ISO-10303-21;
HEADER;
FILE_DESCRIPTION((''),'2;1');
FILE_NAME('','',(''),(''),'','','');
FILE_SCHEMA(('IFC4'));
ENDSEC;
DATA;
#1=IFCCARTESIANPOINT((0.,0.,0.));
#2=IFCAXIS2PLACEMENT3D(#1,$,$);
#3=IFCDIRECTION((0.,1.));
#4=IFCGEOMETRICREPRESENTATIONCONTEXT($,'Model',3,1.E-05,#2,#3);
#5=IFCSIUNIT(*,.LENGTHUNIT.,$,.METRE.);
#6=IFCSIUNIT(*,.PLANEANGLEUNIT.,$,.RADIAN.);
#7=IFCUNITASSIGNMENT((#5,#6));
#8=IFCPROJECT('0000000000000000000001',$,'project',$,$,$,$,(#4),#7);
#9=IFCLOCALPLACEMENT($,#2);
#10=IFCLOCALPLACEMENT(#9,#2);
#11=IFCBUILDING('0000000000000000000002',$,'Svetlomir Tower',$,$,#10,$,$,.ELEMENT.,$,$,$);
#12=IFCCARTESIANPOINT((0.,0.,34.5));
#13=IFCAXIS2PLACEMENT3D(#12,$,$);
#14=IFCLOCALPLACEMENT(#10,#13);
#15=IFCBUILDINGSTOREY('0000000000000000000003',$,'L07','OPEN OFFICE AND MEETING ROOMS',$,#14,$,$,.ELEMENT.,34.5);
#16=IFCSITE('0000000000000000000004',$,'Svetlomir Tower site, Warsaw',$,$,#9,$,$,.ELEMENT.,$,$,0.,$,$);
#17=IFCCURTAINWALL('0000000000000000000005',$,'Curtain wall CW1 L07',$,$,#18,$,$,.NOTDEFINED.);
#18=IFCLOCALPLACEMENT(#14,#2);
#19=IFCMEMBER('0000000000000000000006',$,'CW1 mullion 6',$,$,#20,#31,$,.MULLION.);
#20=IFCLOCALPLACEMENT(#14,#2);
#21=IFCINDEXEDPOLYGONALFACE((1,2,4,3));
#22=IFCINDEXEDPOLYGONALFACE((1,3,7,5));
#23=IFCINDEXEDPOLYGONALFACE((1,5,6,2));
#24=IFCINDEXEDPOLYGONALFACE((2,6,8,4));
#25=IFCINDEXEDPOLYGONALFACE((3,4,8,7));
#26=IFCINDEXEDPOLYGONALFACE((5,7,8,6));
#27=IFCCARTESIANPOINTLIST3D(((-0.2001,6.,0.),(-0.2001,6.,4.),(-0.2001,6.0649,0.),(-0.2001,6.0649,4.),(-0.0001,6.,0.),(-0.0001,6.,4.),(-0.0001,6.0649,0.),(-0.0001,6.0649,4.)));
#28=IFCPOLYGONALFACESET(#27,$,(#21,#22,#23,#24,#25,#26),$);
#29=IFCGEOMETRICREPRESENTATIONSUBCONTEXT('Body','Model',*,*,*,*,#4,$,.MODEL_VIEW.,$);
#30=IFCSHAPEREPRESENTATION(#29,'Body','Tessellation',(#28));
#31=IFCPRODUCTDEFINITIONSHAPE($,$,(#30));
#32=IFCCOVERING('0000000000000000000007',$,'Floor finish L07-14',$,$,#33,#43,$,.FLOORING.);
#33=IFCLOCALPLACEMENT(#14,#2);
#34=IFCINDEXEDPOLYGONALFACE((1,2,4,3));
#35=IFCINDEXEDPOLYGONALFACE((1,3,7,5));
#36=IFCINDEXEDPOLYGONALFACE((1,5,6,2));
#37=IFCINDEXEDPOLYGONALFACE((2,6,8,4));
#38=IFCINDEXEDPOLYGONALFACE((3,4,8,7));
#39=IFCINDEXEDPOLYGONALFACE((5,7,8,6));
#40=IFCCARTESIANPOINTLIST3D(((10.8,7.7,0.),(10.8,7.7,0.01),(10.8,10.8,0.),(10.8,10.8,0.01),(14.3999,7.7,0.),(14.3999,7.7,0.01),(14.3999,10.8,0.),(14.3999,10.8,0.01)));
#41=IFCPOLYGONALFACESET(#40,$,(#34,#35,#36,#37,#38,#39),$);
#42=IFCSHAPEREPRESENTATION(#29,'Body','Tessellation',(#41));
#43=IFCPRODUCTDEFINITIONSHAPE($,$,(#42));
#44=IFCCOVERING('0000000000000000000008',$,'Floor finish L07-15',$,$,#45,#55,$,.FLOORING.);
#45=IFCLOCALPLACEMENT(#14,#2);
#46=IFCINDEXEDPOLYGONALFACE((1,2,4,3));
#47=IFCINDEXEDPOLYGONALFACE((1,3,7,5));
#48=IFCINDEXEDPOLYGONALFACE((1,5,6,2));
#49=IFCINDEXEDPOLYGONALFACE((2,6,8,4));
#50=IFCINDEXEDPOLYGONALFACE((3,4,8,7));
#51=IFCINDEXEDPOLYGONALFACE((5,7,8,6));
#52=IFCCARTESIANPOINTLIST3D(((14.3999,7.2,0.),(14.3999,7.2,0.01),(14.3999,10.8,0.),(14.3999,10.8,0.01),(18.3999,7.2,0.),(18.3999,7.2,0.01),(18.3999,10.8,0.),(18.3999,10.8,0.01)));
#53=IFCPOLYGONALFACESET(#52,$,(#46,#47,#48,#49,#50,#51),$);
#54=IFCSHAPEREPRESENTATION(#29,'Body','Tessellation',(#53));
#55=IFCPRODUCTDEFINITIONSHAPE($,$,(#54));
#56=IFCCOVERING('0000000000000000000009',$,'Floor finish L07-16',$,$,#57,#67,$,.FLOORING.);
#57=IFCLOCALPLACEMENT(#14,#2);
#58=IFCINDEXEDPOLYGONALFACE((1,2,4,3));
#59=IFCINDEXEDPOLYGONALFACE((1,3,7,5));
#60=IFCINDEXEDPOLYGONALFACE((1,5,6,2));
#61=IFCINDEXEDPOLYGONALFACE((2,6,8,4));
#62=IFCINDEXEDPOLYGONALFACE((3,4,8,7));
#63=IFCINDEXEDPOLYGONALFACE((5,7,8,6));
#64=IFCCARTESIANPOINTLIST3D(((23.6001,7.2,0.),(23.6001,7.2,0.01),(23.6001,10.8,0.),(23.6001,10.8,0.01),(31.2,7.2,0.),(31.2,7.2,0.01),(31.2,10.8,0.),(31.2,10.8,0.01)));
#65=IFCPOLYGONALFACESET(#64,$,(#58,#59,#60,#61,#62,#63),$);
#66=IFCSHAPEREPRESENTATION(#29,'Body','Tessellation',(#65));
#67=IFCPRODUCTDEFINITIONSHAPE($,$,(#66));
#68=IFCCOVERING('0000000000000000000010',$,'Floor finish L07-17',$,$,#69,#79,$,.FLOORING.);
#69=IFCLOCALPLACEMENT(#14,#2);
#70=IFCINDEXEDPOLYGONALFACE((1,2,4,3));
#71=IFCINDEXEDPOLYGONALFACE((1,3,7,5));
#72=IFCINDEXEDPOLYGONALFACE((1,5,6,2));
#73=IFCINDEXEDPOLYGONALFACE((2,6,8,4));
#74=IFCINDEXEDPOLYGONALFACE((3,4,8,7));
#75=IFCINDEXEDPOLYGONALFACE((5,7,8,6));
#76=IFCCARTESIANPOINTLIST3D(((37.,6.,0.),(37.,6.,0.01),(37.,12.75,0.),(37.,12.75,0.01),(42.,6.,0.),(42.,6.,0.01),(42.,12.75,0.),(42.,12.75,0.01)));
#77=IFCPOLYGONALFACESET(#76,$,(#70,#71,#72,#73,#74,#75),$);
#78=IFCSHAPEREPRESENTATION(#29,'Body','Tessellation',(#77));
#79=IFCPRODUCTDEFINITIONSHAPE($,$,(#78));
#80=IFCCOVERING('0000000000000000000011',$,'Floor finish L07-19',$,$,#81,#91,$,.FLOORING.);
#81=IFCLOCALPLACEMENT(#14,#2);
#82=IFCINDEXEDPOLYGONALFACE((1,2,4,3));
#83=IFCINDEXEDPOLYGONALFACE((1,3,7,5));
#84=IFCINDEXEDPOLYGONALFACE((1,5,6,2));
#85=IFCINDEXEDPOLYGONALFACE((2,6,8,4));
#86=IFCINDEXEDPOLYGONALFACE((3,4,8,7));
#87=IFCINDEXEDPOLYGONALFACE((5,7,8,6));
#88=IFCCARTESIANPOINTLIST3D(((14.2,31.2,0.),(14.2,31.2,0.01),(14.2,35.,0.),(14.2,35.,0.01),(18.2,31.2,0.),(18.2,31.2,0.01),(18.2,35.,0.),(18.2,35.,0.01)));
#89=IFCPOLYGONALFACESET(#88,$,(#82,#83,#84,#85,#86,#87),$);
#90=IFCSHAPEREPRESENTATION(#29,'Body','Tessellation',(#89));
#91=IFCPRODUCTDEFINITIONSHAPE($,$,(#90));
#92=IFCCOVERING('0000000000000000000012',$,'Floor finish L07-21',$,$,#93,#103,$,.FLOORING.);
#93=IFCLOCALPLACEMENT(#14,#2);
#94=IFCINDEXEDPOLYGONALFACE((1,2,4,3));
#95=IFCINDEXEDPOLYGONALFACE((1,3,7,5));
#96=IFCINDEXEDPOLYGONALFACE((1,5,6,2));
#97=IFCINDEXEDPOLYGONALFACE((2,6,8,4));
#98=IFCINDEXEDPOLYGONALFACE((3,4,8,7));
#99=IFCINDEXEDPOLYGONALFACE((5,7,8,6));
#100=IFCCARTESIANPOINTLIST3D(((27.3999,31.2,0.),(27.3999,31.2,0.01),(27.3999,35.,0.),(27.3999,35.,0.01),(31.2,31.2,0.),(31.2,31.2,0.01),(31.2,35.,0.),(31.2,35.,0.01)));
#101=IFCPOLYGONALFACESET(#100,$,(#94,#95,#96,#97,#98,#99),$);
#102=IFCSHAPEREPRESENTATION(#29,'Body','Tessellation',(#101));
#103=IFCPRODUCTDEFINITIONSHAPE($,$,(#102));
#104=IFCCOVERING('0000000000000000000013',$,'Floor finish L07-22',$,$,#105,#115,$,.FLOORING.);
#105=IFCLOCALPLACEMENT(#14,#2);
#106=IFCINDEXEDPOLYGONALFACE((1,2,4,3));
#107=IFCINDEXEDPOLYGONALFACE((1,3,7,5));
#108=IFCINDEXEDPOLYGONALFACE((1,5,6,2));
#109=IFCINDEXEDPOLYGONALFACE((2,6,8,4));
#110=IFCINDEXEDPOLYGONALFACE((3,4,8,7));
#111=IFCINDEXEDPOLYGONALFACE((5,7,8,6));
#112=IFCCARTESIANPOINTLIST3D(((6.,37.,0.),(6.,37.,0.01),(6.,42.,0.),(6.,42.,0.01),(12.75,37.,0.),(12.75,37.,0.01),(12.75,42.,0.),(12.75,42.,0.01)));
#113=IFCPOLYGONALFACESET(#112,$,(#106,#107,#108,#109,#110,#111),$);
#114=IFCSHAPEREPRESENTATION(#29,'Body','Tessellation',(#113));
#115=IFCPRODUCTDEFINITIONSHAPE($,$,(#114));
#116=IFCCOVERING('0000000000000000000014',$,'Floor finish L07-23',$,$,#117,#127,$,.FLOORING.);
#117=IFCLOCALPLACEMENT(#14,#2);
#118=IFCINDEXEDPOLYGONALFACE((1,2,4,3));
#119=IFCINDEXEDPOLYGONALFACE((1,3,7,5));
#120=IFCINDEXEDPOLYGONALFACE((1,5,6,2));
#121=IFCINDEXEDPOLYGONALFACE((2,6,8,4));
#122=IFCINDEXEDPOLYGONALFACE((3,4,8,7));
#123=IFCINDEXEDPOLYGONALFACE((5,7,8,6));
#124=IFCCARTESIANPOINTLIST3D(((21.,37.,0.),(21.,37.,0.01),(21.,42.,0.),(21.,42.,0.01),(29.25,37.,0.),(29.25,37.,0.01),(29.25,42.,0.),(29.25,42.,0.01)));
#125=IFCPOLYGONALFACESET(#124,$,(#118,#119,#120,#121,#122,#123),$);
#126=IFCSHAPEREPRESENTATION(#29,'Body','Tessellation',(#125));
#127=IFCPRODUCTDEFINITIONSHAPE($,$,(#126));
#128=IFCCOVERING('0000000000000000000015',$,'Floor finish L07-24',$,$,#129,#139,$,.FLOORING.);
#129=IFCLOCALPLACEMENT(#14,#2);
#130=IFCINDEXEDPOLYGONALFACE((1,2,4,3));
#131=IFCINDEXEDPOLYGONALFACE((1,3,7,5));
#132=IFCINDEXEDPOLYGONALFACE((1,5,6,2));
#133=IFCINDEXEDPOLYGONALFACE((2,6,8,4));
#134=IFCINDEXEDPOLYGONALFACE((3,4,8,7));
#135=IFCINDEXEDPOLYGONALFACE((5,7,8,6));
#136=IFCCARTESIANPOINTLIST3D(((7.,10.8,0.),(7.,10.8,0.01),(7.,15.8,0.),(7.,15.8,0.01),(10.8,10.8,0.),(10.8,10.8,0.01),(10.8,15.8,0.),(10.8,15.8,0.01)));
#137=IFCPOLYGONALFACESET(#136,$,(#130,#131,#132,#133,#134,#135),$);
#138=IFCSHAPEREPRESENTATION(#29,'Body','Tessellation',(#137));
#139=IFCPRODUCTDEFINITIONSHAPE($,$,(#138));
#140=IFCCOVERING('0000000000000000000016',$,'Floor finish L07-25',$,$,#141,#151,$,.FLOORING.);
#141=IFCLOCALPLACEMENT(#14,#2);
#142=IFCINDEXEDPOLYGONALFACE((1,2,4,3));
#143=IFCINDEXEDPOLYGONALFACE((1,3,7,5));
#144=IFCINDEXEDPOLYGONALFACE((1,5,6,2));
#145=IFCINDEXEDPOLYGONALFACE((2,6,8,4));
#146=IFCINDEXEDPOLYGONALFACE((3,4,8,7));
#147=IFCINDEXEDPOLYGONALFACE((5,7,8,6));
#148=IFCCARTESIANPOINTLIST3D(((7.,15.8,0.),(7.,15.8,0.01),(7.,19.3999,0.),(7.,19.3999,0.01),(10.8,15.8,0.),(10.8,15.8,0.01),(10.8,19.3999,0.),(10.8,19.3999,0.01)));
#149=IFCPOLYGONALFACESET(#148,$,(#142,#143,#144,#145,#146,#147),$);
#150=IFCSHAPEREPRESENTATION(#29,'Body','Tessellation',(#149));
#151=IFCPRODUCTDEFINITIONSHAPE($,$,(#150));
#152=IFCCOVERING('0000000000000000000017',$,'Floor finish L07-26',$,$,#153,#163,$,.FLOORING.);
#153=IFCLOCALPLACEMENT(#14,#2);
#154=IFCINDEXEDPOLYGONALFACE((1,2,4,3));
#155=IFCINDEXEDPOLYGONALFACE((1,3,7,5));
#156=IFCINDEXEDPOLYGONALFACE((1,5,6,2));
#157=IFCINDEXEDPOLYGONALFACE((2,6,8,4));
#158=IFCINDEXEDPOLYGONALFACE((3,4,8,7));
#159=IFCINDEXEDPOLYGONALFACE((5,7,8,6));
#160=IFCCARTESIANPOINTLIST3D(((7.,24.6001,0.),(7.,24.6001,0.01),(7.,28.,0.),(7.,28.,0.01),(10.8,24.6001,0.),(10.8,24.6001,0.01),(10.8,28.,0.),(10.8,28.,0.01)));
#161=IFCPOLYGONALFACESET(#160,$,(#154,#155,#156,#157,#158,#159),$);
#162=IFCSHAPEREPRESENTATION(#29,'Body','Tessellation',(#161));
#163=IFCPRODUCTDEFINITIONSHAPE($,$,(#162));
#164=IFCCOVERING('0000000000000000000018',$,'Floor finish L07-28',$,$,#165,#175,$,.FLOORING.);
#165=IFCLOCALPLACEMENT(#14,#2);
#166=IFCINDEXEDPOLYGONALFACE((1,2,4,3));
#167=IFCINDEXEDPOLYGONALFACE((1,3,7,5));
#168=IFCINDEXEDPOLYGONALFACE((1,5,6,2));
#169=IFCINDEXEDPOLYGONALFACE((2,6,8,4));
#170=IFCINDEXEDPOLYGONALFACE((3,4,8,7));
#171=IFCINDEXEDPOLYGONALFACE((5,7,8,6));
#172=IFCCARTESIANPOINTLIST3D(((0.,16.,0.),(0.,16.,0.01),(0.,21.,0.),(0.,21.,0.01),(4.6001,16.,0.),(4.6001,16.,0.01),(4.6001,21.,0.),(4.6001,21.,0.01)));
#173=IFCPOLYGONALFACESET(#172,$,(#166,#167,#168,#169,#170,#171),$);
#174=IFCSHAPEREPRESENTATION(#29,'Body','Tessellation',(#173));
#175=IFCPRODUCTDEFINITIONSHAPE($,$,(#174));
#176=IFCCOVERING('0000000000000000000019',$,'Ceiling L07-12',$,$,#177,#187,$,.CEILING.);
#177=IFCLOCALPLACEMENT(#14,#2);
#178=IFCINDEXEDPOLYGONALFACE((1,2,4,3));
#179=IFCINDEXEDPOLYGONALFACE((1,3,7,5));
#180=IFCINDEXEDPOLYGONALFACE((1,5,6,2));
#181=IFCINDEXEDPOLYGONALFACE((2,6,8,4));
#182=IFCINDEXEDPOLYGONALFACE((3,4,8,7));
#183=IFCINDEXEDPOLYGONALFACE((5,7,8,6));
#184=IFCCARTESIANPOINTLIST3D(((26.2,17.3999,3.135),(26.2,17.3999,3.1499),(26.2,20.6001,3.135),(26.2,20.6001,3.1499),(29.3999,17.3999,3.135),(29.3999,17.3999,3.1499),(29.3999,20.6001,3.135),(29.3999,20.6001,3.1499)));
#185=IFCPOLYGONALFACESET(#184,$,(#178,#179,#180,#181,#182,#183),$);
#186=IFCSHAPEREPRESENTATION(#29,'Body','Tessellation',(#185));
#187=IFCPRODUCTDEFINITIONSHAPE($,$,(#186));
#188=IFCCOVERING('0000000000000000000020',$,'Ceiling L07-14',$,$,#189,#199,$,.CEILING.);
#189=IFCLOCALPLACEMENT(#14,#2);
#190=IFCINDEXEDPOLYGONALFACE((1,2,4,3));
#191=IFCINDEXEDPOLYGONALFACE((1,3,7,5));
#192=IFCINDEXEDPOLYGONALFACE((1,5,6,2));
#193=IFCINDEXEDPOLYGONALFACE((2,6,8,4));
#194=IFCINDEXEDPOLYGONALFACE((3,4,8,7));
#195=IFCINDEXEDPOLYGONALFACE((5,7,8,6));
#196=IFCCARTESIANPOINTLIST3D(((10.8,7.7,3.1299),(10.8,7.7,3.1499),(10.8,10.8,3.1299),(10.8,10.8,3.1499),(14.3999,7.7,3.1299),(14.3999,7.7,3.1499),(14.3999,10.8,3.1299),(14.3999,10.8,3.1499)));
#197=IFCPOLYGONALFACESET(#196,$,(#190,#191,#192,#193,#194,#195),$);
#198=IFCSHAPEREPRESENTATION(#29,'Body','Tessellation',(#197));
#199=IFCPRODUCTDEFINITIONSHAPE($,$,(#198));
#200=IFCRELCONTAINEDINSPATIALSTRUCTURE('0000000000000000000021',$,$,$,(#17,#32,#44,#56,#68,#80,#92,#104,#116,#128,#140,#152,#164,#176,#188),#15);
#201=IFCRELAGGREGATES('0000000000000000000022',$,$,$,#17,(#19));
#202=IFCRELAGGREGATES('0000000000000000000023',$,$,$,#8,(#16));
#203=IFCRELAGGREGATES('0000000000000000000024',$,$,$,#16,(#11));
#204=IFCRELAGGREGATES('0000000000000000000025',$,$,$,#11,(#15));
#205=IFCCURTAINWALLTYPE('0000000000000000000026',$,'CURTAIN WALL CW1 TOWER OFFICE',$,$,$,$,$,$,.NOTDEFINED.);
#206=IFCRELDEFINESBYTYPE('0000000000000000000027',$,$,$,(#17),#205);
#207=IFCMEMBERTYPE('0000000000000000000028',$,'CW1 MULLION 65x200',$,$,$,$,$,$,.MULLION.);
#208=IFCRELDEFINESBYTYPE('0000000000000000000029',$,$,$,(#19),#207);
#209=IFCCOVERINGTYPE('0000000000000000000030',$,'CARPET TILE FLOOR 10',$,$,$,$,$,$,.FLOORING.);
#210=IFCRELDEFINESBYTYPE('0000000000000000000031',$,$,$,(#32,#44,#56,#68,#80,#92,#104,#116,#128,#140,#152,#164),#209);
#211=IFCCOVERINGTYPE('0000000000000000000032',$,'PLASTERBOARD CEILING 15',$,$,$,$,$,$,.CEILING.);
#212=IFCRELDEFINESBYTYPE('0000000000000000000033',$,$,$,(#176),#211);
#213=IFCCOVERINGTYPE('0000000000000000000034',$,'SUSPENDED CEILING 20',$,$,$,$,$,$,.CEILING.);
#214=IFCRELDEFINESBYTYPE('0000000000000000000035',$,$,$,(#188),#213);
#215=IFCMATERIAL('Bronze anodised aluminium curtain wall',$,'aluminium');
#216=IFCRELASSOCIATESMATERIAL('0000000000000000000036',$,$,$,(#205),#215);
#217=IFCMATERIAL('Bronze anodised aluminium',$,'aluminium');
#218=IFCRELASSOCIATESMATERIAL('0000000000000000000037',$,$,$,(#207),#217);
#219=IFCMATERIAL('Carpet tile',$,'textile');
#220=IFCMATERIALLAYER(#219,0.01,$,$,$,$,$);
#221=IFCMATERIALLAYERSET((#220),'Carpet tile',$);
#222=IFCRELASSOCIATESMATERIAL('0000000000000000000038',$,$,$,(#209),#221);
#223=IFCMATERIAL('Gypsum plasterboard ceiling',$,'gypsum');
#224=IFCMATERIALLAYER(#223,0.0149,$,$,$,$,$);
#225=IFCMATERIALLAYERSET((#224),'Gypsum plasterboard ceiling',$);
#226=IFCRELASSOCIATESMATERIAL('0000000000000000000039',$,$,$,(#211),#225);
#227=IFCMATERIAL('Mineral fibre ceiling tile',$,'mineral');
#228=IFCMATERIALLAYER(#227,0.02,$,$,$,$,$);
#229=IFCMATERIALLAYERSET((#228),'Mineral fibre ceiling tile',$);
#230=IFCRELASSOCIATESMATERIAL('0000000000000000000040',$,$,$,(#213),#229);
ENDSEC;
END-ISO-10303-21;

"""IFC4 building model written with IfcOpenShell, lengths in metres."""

from ifc_helpers import new_model, si_unit, direction, frame, origin, origin_2d, place, context, subcontext, project, spatial, polyline, rectangle, outline, extrude, material, layer, layer_set, material_profile, profile_set, type_object, element, aggregate, save


model = new_model("IFC4")

# Units and contexts
model_context = context("Model", 3, precision=1e-05, world=origin(), true_north=direction((0.0, 1.0)))
body_context = subcontext(model_context, "Body", "Model", "MODEL_VIEW")
ifc_project = project(units=[si_unit("LENGTHUNIT", "METRE"), si_unit("PLANEANGLEUNIT", "RADIAN")], contexts=[model_context])

# Site, building, storey
site_placement = place(None, origin())
site = spatial("IfcSite", under=ifc_project, at=site_placement, Name="Svetlomir Tower site, Warsaw", CompositionType="ELEMENT", RefElevation=0.0)
building_placement = place(site_placement, origin())
building = spatial("IfcBuilding", under=site, at=building_placement, Name="Svetlomir Tower", CompositionType="ELEMENT")
storey_placement = place(building_placement, frame((0.0, 0.0, 34.5)))
storey = spatial("IfcBuildingStorey", under=building, at=storey_placement, Name="L07", Description="OPEN OFFICE AND MEETING ROOMS", CompositionType="ELEMENT", Elevation=34.5)

# Curtain wall, member
ifc_material_1 = material(Name="Bronze anodised aluminium curtain wall", Category="aluminium")
curtain_wall_type = type_object("IfcCurtainWallType", Name="CURTAIN WALL CW1 TOWER OFFICE", PredefinedType="NOTDEFINED", material=ifc_material_1)
curtain_wall_placement = place(storey_placement, origin())
curtain_wall = element("IfcCurtainWall", 1, at=curtain_wall_placement, inside=storey, type_object=curtain_wall_type, Name="Curtain wall CW1 L07", PredefinedType="NOTDEFINED")
ifc_material_2 = material(Name="Bronze anodised aluminium", Category="aluminium")
ifc_material_profile = material_profile(ifc_material_2, rectangle(XDim=0.0649, YDim=0.2, at=origin_2d()), Name="AL 65x200")
ifc_profile_set = profile_set([ifc_material_profile], Name="Bronze anodised aluminium 6063-T6")
member_type = type_object("IfcMemberType", Name="CW1 MULLION 65x200", PredefinedType="MULLION", material=ifc_profile_set)
member_placement = place(storey_placement, frame((-0.1001, 6.0325, 0.0), z_axis=(0.0, 0.0, 1.0), x_axis=(0.0, -1.0, 0.0)))
member = element("IfcMember", 2, at=member_placement, type_object=member_type, Name="CW1 mullion 6", PredefinedType="MULLION", context=body_context, shape_type="SweptSolid", body=[
    extrude(rectangle(XDim=0.0649, YDim=0.2, at=origin_2d()), origin(), (0.0, 0.0, 1.0), 4.0),
])
aggregate(curtain_wall, [member])

# Coverings
ifc_material_3 = material(Name="Carpet tile", Category="textile")
ifc_layer_1 = layer(ifc_material_3, 0.01)
ifc_layer_set_1 = layer_set([ifc_layer_1], Name="Carpet tile")
covering_type_1 = type_object("IfcCoveringType", Name="CARPET TILE FLOOR 10", PredefinedType="FLOORING", material=ifc_layer_set_1)
covering_1_placement = place(storey_placement, origin())
element("IfcCovering", 3, at=covering_1_placement, inside=storey, type_object=covering_type_1, Name="Floor finish L07-14", PredefinedType="FLOORING", context=body_context, shape_type="SweptSolid", body=[
    extrude(outline(polyline([(10.8, 7.7), (14.3999, 7.7), (14.3999, 10.8), (10.8, 10.8), (10.8, 7.7)])), origin(), (0.0, 0.0, 1.0), 0.01),
])
covering_2_placement = place(storey_placement, origin())
element("IfcCovering", 4, at=covering_2_placement, inside=storey, type_object=covering_type_1, Name="Floor finish L07-15", PredefinedType="FLOORING", context=body_context, shape_type="SweptSolid", body=[
    extrude(outline(polyline([(14.3999, 7.2), (18.3999, 7.2), (18.3999, 10.8), (14.3999, 10.8), (14.3999, 7.2)])), origin(), (0.0, 0.0, 1.0), 0.01),
])
covering_3_placement = place(storey_placement, origin())
element("IfcCovering", 5, at=covering_3_placement, inside=storey, type_object=covering_type_1, Name="Floor finish L07-16", PredefinedType="FLOORING", context=body_context, shape_type="SweptSolid", body=[
    extrude(outline(polyline([(23.6001, 7.2), (31.2, 7.2), (31.2, 10.8), (23.6001, 10.8), (23.6001, 7.2)])), origin(), (0.0, 0.0, 1.0), 0.01),
])
covering_4_placement = place(storey_placement, origin())
element("IfcCovering", 6, at=covering_4_placement, inside=storey, type_object=covering_type_1, Name="Floor finish L07-17", PredefinedType="FLOORING", context=body_context, shape_type="SweptSolid", body=[
    extrude(outline(polyline([(37.0, 6.0), (42.0, 6.0), (42.0, 12.75), (37.0, 12.75), (37.0, 6.0)])), origin(), (0.0, 0.0, 1.0), 0.01),
])
covering_5_placement = place(storey_placement, origin())
element("IfcCovering", 7, at=covering_5_placement, inside=storey, type_object=covering_type_1, Name="Floor finish L07-19", PredefinedType="FLOORING", context=body_context, shape_type="SweptSolid", body=[
    extrude(outline(polyline([(14.2, 31.2), (18.2, 31.2), (18.2, 35.0), (14.2, 35.0), (14.2, 31.2)])), origin(), (0.0, 0.0, 1.0), 0.01),
])
covering_6_placement = place(storey_placement, origin())
element("IfcCovering", 8, at=covering_6_placement, inside=storey, type_object=covering_type_1, Name="Floor finish L07-21", PredefinedType="FLOORING", context=body_context, shape_type="SweptSolid", body=[
    extrude(outline(polyline([(27.3999, 31.2), (31.2, 31.2), (31.2, 35.0), (27.3999, 35.0), (27.3999, 31.2)])), origin(), (0.0, 0.0, 1.0), 0.01),
])
covering_7_placement = place(storey_placement, origin())
element("IfcCovering", 9, at=covering_7_placement, inside=storey, type_object=covering_type_1, Name="Floor finish L07-22", PredefinedType="FLOORING", context=body_context, shape_type="SweptSolid", body=[
    extrude(outline(polyline([(6.0, 37.0), (12.75, 37.0), (12.75, 42.0), (6.0, 42.0), (6.0, 37.0)])), origin(), (0.0, 0.0, 1.0), 0.01),
])
covering_8_placement = place(storey_placement, origin())
element("IfcCovering", 10, at=covering_8_placement, inside=storey, type_object=covering_type_1, Name="Floor finish L07-23", PredefinedType="FLOORING", context=body_context, shape_type="SweptSolid", body=[
    extrude(outline(polyline([(21.0, 37.0), (29.25, 37.0), (29.25, 42.0), (21.0, 42.0), (21.0, 37.0)])), origin(), (0.0, 0.0, 1.0), 0.01),
])
covering_9_placement = place(storey_placement, origin())
element("IfcCovering", 11, at=covering_9_placement, inside=storey, type_object=covering_type_1, Name="Floor finish L07-24", PredefinedType="FLOORING", context=body_context, shape_type="SweptSolid", body=[
    extrude(outline(polyline([(7.0, 10.8), (10.8, 10.8), (10.8, 15.8), (7.0, 15.8), (7.0, 10.8)])), origin(), (0.0, 0.0, 1.0), 0.01),
])
covering_10_placement = place(storey_placement, origin())
element("IfcCovering", 12, at=covering_10_placement, inside=storey, type_object=covering_type_1, Name="Floor finish L07-25", PredefinedType="FLOORING", context=body_context, shape_type="SweptSolid", body=[
    extrude(outline(polyline([(7.0, 15.8), (10.8, 15.8), (10.8, 19.3999), (7.0, 19.3999), (7.0, 15.8)])), origin(), (0.0, 0.0, 1.0), 0.01),
])
covering_11_placement = place(storey_placement, origin())
element("IfcCovering", 13, at=covering_11_placement, inside=storey, type_object=covering_type_1, Name="Floor finish L07-26", PredefinedType="FLOORING", context=body_context, shape_type="SweptSolid", body=[
    extrude(outline(polyline([(7.0, 24.6001), (10.8, 24.6001), (10.8, 28.0), (7.0, 28.0), (7.0, 24.6001)])), origin(), (0.0, 0.0, 1.0), 0.01),
])
covering_12_placement = place(storey_placement, origin())
element("IfcCovering", 14, at=covering_12_placement, inside=storey, type_object=covering_type_1, Name="Floor finish L07-28", PredefinedType="FLOORING", context=body_context, shape_type="SweptSolid", body=[
    extrude(outline(polyline([(0.0, 16.0), (4.6001, 16.0), (4.6001, 21.0), (0.0, 21.0), (0.0, 16.0)])), origin(), (0.0, 0.0, 1.0), 0.01),
])
ifc_material_4 = material(Name="Gypsum plasterboard ceiling", Category="gypsum")
ifc_layer_2 = layer(ifc_material_4, 0.0149)
ifc_layer_set_2 = layer_set([ifc_layer_2], Name="Gypsum plasterboard ceiling")
covering_type_2 = type_object("IfcCoveringType", Name="PLASTERBOARD CEILING 15", PredefinedType="CEILING", material=ifc_layer_set_2)
covering_13_placement = place(storey_placement, frame((0.0, 0.0, 3.135)))
element("IfcCovering", 15, at=covering_13_placement, inside=storey, type_object=covering_type_2, Name="Ceiling L07-12", PredefinedType="CEILING", context=body_context, shape_type="SweptSolid", body=[
    extrude(outline(polyline([(26.2, 17.3999), (29.3999, 17.3999), (29.3999, 20.6001), (26.2, 20.6001), (26.2, 17.3999)])), origin(), (0.0, 0.0, 1.0), 0.0149),
])
ifc_material_5 = material(Name="Mineral fibre ceiling tile", Category="mineral")
ifc_layer_3 = layer(ifc_material_5, 0.02)
ifc_layer_set_3 = layer_set([ifc_layer_3], Name="Mineral fibre ceiling tile")
covering_type_3 = type_object("IfcCoveringType", Name="SUSPENDED CEILING 20", PredefinedType="CEILING", material=ifc_layer_set_3)
covering_14_placement = place(storey_placement, frame((0.0, 0.0, 3.1299)))
element("IfcCovering", 16, at=covering_14_placement, inside=storey, type_object=covering_type_3, Name="Ceiling L07-14", PredefinedType="CEILING", context=body_context, shape_type="SweptSolid", body=[
    extrude(outline(polyline([(10.8, 7.7), (14.3999, 7.7), (14.3999, 10.8), (10.8, 10.8), (10.8, 7.7)])), origin(), (0.0, 0.0, 1.0), 0.02),
])

save(model, "model.ifc")
